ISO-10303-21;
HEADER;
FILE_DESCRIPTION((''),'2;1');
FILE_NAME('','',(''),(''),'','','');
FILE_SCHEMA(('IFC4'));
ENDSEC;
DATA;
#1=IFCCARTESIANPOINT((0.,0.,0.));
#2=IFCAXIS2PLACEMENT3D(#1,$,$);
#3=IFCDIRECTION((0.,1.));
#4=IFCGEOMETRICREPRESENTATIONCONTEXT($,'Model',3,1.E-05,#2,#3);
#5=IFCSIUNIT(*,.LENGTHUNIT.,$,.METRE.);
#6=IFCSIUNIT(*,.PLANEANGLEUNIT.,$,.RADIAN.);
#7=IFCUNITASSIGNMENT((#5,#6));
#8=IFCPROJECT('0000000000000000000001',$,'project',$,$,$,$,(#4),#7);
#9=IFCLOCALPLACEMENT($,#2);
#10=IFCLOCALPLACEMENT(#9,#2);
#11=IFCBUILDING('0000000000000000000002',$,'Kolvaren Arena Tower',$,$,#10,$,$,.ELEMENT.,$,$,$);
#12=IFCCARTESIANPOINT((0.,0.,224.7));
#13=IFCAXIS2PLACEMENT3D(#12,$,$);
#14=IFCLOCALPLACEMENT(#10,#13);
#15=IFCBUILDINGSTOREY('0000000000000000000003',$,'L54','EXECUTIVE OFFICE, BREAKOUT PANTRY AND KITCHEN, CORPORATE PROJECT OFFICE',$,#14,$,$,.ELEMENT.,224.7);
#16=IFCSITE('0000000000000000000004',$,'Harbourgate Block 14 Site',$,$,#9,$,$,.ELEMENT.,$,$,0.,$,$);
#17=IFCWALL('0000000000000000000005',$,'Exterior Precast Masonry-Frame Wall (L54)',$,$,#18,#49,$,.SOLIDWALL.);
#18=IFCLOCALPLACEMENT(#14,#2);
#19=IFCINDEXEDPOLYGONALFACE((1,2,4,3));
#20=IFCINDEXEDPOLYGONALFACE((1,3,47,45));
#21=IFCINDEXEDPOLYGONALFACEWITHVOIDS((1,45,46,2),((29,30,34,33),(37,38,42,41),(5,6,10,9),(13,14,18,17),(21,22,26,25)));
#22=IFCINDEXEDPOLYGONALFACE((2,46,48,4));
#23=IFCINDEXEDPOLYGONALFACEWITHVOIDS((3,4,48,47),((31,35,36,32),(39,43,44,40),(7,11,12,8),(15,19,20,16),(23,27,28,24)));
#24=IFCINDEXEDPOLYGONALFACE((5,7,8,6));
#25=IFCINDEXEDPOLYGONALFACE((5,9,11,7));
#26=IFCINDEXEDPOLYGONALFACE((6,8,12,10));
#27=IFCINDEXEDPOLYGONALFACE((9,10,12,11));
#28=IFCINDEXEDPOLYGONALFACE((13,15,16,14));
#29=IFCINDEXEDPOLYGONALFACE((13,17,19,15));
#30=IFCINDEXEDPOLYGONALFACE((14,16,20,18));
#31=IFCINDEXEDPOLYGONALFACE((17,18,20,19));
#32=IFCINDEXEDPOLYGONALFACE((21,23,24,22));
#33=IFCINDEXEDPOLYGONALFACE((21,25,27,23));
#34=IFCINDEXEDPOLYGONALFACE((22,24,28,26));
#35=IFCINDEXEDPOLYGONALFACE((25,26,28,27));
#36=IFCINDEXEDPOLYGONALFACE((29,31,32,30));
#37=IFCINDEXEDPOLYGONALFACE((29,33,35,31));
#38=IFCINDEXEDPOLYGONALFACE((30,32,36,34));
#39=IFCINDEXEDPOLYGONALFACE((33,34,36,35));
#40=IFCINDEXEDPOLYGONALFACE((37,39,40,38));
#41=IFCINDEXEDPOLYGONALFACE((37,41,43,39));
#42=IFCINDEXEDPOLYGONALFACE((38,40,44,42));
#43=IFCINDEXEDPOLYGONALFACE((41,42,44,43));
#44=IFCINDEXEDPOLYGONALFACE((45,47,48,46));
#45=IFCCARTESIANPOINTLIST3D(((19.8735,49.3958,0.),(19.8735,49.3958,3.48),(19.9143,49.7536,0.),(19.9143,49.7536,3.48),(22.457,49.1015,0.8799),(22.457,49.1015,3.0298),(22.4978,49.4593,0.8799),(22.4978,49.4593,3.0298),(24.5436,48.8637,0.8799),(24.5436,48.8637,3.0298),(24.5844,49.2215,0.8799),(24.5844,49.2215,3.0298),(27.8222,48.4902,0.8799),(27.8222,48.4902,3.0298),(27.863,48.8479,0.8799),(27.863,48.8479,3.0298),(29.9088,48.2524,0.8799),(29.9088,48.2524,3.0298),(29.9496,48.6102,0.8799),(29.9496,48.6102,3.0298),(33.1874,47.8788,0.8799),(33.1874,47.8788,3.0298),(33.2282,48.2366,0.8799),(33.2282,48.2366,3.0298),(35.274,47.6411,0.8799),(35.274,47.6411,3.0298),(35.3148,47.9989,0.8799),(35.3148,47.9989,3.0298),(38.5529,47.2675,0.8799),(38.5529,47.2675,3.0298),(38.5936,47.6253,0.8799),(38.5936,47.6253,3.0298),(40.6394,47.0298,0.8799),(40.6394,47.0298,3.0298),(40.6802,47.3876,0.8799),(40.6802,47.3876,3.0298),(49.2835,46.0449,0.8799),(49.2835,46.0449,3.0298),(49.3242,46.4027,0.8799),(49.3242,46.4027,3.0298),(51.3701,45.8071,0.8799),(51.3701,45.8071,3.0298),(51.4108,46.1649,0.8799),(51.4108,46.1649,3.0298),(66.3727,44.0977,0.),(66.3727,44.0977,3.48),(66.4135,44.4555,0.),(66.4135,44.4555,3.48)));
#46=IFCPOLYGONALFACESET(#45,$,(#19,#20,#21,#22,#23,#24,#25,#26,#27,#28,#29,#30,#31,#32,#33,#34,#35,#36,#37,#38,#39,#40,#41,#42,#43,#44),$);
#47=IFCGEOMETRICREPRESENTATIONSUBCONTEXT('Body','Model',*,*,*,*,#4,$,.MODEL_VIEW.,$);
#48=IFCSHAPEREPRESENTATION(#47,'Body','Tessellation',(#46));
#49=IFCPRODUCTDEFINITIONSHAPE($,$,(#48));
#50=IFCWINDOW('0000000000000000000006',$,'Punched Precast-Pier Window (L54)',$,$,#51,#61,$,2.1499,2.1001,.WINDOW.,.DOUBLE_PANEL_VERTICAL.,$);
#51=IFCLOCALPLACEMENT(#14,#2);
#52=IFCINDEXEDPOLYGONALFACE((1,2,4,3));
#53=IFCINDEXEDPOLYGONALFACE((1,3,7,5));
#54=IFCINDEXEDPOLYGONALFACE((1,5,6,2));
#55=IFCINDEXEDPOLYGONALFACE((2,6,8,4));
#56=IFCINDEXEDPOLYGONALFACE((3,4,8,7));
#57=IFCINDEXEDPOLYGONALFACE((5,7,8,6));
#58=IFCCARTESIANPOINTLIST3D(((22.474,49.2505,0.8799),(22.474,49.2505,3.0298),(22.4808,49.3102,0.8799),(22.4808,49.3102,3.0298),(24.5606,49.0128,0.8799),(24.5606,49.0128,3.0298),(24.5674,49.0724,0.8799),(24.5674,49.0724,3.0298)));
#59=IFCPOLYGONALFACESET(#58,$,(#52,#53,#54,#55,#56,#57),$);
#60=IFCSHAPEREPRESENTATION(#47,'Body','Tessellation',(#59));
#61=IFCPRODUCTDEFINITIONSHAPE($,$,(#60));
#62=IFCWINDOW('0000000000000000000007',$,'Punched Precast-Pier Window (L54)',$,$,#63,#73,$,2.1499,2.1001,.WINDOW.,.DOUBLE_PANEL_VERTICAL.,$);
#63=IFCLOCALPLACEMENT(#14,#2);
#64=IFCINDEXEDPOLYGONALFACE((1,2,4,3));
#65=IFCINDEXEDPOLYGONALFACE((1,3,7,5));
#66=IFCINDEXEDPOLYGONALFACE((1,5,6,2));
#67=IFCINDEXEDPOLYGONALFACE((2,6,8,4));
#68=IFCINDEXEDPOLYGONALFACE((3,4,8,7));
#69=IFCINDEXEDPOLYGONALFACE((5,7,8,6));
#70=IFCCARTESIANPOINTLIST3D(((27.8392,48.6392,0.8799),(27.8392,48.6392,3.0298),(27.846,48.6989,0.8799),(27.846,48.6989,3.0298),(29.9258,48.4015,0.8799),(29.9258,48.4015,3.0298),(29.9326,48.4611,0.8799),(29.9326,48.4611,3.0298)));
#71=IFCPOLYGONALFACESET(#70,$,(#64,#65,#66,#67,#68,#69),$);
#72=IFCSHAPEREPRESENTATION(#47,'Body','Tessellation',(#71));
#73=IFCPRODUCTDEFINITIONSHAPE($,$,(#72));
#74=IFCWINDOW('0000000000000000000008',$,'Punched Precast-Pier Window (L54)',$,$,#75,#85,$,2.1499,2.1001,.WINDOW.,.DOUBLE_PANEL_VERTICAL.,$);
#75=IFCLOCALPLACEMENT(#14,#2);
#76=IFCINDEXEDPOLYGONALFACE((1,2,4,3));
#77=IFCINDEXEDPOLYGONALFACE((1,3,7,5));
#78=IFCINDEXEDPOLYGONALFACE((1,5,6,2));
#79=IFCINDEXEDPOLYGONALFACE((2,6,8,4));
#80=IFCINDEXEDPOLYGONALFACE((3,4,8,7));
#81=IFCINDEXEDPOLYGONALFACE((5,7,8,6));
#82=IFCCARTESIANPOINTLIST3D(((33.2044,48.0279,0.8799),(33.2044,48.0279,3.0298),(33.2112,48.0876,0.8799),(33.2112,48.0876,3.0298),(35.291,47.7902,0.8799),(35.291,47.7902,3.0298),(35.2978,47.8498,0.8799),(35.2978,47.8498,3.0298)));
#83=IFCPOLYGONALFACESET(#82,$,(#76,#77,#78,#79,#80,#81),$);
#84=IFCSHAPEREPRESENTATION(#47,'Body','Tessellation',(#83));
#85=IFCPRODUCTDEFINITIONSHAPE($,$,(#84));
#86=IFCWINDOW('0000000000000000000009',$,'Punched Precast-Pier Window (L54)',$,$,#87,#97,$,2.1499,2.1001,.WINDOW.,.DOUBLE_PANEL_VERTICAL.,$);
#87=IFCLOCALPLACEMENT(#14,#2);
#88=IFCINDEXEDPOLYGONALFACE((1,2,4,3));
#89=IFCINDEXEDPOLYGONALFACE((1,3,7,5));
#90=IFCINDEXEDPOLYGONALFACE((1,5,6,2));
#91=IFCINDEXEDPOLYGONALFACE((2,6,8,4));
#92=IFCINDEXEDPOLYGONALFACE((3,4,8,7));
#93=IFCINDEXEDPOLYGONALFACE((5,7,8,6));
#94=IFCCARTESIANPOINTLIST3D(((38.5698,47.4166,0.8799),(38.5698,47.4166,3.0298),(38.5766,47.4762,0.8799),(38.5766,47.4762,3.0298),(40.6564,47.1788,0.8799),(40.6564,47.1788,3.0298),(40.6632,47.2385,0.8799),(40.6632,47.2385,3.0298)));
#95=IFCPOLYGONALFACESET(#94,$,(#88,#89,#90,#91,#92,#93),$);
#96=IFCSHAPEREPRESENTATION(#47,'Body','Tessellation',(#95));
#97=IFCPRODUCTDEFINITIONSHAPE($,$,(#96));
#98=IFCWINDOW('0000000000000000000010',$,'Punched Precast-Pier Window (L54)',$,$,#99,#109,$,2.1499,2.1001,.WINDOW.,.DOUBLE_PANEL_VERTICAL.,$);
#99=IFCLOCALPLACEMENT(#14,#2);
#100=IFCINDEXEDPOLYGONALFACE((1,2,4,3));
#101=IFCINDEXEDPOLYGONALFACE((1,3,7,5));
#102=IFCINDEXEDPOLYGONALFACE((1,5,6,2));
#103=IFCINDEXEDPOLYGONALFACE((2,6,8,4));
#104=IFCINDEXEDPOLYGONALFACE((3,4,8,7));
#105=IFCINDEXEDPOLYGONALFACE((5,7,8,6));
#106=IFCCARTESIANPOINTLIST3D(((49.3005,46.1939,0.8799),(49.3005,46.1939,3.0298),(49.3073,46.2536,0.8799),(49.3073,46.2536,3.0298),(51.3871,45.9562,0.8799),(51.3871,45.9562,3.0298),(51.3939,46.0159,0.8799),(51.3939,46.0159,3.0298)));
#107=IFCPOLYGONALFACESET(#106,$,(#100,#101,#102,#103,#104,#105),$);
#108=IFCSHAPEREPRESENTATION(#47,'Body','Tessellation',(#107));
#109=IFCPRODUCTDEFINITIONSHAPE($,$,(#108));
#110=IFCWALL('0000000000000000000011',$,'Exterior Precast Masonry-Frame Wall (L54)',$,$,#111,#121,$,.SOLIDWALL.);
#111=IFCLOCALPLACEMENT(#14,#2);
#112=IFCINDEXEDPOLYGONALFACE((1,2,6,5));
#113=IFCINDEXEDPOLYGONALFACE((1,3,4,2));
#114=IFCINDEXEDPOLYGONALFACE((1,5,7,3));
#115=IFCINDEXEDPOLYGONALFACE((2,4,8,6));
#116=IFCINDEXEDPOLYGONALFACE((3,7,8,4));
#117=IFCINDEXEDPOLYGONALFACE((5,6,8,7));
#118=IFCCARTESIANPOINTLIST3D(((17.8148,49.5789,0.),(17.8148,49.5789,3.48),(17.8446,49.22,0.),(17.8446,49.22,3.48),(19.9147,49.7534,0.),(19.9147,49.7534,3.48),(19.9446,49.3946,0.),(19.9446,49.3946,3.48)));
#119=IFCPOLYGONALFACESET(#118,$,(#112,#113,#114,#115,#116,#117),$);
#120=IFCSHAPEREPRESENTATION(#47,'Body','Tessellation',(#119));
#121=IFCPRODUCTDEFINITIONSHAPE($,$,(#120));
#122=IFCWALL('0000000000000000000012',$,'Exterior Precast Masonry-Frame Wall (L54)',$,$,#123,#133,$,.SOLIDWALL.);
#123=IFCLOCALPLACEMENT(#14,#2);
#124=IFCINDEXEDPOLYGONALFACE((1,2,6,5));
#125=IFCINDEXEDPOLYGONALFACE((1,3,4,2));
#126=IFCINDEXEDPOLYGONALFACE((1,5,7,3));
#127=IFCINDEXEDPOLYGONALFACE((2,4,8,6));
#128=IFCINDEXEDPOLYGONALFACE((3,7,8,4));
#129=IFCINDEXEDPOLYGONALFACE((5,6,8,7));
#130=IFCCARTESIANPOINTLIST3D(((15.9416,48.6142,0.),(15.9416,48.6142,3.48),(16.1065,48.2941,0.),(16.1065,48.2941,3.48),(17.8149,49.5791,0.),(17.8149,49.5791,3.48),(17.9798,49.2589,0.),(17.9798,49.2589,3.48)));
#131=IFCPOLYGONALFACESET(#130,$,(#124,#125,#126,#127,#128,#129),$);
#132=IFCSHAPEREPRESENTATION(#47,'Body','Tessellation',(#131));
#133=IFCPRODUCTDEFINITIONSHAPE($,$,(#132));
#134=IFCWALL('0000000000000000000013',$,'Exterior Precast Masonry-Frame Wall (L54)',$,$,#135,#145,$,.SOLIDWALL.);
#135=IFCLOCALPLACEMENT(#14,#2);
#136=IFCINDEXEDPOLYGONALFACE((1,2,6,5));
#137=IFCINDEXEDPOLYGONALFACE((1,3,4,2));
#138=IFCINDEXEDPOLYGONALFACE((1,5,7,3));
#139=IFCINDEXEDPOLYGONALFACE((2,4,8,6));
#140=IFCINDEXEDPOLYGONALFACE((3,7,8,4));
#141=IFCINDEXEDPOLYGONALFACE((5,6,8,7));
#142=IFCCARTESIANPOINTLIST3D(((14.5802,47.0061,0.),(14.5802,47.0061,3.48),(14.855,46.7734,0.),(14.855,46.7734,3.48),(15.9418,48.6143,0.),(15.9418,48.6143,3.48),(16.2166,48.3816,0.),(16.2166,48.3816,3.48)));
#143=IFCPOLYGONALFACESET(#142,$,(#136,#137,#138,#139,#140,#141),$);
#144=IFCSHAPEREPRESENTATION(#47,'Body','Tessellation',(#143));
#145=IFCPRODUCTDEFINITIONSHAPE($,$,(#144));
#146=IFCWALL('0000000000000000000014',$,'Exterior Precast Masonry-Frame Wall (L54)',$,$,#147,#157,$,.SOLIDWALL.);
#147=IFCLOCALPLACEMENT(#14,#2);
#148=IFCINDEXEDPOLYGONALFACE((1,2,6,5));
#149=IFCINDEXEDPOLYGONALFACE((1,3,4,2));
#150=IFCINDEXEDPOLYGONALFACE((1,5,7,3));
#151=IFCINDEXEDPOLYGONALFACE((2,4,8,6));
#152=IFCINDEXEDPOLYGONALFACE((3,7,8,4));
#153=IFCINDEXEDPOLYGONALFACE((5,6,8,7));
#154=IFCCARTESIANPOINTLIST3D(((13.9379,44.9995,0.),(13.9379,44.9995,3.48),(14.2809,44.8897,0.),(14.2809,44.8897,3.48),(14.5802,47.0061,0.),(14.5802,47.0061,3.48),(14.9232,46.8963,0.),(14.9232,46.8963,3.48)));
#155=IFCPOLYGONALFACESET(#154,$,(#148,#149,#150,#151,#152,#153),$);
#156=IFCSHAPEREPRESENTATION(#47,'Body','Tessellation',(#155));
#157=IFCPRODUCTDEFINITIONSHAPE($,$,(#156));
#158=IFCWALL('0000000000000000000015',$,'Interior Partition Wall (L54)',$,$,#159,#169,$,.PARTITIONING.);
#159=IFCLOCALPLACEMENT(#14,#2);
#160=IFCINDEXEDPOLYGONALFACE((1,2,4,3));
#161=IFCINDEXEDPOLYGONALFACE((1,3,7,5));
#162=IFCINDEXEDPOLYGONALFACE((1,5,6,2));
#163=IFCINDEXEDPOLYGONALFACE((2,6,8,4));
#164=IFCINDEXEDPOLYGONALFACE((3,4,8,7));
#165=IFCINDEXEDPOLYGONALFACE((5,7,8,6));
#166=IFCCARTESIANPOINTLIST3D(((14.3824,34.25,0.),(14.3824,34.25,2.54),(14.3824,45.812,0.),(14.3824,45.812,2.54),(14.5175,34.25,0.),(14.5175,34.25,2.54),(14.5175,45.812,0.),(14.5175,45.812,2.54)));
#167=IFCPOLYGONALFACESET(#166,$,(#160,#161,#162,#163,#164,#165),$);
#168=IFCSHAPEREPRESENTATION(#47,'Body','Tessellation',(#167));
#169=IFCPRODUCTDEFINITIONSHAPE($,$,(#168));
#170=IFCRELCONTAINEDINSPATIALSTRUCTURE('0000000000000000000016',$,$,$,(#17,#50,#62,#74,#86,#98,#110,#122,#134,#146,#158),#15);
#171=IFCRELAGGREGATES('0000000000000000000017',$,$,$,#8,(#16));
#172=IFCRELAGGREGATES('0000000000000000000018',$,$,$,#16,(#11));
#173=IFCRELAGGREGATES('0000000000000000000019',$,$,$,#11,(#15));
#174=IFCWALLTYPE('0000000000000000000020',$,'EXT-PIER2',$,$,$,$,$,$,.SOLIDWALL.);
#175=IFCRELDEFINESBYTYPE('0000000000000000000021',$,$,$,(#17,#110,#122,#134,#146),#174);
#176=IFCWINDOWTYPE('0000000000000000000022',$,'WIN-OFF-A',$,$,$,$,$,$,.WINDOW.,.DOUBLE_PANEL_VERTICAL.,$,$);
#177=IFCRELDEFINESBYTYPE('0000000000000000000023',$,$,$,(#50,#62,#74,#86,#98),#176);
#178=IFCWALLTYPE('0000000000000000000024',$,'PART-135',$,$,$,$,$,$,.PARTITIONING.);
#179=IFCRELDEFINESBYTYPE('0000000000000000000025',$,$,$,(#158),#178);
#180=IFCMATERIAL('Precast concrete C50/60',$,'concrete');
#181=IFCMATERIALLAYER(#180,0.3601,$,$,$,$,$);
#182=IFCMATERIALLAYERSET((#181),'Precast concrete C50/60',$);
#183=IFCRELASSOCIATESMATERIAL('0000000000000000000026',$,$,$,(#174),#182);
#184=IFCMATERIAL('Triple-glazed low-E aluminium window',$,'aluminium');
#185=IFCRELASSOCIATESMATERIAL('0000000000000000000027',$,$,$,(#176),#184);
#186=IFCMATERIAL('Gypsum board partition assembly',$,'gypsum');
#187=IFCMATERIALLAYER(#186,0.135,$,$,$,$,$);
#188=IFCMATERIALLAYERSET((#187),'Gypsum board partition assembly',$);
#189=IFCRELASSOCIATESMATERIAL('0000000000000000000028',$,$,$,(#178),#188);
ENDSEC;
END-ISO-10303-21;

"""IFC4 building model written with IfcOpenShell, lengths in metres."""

from ifc_helpers import new_model, si_unit, direction, frame, frame_2d, origin, place, context, subcontext, project, spatial, rectangle, extrude, material, layer, layer_set, type_object, element, fill, save


model = new_model("IFC4")

# Units and contexts
model_context = context("Model", 3, precision=1e-05, world=origin(), true_north=direction((0.0, 1.0)))
body_context = subcontext(model_context, "Body", "Model", "MODEL_VIEW")
ifc_project = project(units=[si_unit("LENGTHUNIT", "METRE"), si_unit("PLANEANGLEUNIT", "RADIAN")], contexts=[model_context])

# Site, building, storey
site_placement = place(None, origin())
site = spatial("IfcSite", under=ifc_project, at=site_placement, Name="Harbourgate Block 14 Site", CompositionType="ELEMENT", RefElevation=0.0)
building_placement = place(site_placement, origin())
building = spatial("IfcBuilding", under=site, at=building_placement, Name="Kolvaren Arena Tower", CompositionType="ELEMENT")
storey_placement = place(building_placement, frame((0.0, 0.0, 224.7)))
storey = spatial("IfcBuildingStorey", under=building, at=storey_placement, Name="L54", Description="EXECUTIVE OFFICE, BREAKOUT PANTRY AND KITCHEN, CORPORATE PROJECT OFFICE", CompositionType="ELEMENT", Elevation=224.7)

# Wall, openings, windows
ifc_material_1 = material(Name="Precast concrete C50/60", Category="concrete")
ifc_layer_1 = layer(ifc_material_1, 0.3601)
ifc_layer_set_1 = layer_set([ifc_layer_1], Name="Precast concrete C50/60")
wall_type_1 = type_object("IfcWallType", Name="EXT-PIER2", PredefinedType="SOLIDWALL", material=ifc_layer_set_1)
wall_1_placement = place(storey_placement, frame((19.894, 49.5747, 0.0), z_axis=(0.0, 0.0, 1.0), x_axis=(0.993571, -0.113207, 0.0)))
wall_1 = element("IfcWall", 1, at=wall_1_placement, inside=storey, type_object=wall_type_1, Name="Exterior Precast Masonry-Frame Wall (L54)", PredefinedType="SOLIDWALL", context=body_context, shape_type="SweptSolid", body=[
    extrude(rectangle(XDim=46.8, YDim=0.3601, at=frame_2d((23.3999, 0.0))), origin(), (0.0, 0.0, 1.0), 3.48),
])
opening_1_placement = place(wall_1_placement, frame((2.6001, 0.0, 0.8799)))
opening_1 = element("IfcOpeningElement", 2, at=opening_1_placement, cuts=wall_1, PredefinedType="OPENING", context=body_context, shape_type="SweptSolid", body=[
    extrude(rectangle(XDim=2.1001, YDim=2.1499, at=frame_2d((1.05, 1.075))), frame((0.0, 0.1899, 0.0), z_axis=(0.0, -1.0, 0.0), x_axis=(1.0, 0.0, 0.0)), (0.0, 0.0, 1.0), 0.3801),
])
opening_2_placement = place(wall_1_placement, frame((8.0, 0.0, 0.8799)))
opening_2 = element("IfcOpeningElement", 3, at=opening_2_placement, cuts=wall_1, PredefinedType="OPENING", context=body_context, shape_type="SweptSolid", body=[
    extrude(rectangle(XDim=2.1001, YDim=2.1499, at=frame_2d((1.05, 1.075))), frame((0.0, 0.1899, 0.0), z_axis=(0.0, -1.0, 0.0), x_axis=(1.0, 0.0, 0.0)), (0.0, 0.0, 1.0), 0.3801),
])
opening_3_placement = place(wall_1_placement, frame((13.3999, 0.0, 0.8799)))
opening_3 = element("IfcOpeningElement", 4, at=opening_3_placement, cuts=wall_1, PredefinedType="OPENING", context=body_context, shape_type="SweptSolid", body=[
    extrude(rectangle(XDim=2.1001, YDim=2.1499, at=frame_2d((1.05, 1.075))), frame((0.0, 0.1899, 0.0), z_axis=(0.0, -1.0, 0.0), x_axis=(1.0, 0.0, 0.0)), (0.0, 0.0, 1.0), 0.3801),
])
opening_4_placement = place(wall_1_placement, frame((18.8, 0.0, 0.8799)))
opening_4 = element("IfcOpeningElement", 5, at=opening_4_placement, cuts=wall_1, PredefinedType="OPENING", context=body_context, shape_type="SweptSolid", body=[
    extrude(rectangle(XDim=2.1001, YDim=2.1499, at=frame_2d((1.05, 1.075))), frame((0.0, 0.1899, 0.0), z_axis=(0.0, -1.0, 0.0), x_axis=(1.0, 0.0, 0.0)), (0.0, 0.0, 1.0), 0.3801),
])
opening_5_placement = place(wall_1_placement, frame((29.6001, 0.0, 0.8799)))
opening_5 = element("IfcOpeningElement", 6, at=opening_5_placement, cuts=wall_1, PredefinedType="OPENING", context=body_context, shape_type="SweptSolid", body=[
    extrude(rectangle(XDim=2.1001, YDim=2.1499, at=frame_2d((1.05, 1.075))), frame((0.0, 0.1899, 0.0), z_axis=(0.0, -1.0, 0.0), x_axis=(1.0, 0.0, 0.0)), (0.0, 0.0, 1.0), 0.3801),
])
ifc_material_2 = material(Name="Triple-glazed low-E aluminium window", Category="aluminium")
window_type = type_object("IfcWindowType", Name="WIN-OFF-A", PartitioningType="DOUBLE_PANEL_VERTICAL", PredefinedType="WINDOW", material=ifc_material_2)
window_1_placement = place(opening_1_placement, origin())
window_1 = element("IfcWindow", 7, at=window_1_placement, inside=storey, type_object=window_type, Name="Punched Precast-Pier Window (L54)", OverallHeight=2.1499, OverallWidth=2.1001, PartitioningType="DOUBLE_PANEL_VERTICAL", PredefinedType="WINDOW", context=body_context, shape_type="SweptSolid", body=[
    extrude(rectangle(XDim=2.1001, YDim=2.1499, at=frame_2d((1.05, 1.075))), frame((0.0, 0.03, 0.0), z_axis=(0.0, -1.0, 0.0), x_axis=(1.0, 0.0, 0.0)), (0.0, 0.0, 1.0), 0.0601),
])
fill(opening_1, window_1)
window_2_placement = place(opening_2_placement, origin())
window_2 = element("IfcWindow", 8, at=window_2_placement, inside=storey, type_object=window_type, Name="Punched Precast-Pier Window (L54)", OverallHeight=2.1499, OverallWidth=2.1001, PartitioningType="DOUBLE_PANEL_VERTICAL", PredefinedType="WINDOW", context=body_context, shape_type="SweptSolid", body=[
    extrude(rectangle(XDim=2.1001, YDim=2.1499, at=frame_2d((1.05, 1.075))), frame((0.0, 0.03, 0.0), z_axis=(0.0, -1.0, 0.0), x_axis=(1.0, 0.0, 0.0)), (0.0, 0.0, 1.0), 0.0601),
])
fill(opening_2, window_2)
window_3_placement = place(opening_3_placement, origin())
window_3 = element("IfcWindow", 9, at=window_3_placement, inside=storey, type_object=window_type, Name="Punched Precast-Pier Window (L54)", OverallHeight=2.1499, OverallWidth=2.1001, PartitioningType="DOUBLE_PANEL_VERTICAL", PredefinedType="WINDOW", context=body_context, shape_type="SweptSolid", body=[
    extrude(rectangle(XDim=2.1001, YDim=2.1499, at=frame_2d((1.05, 1.075))), frame((0.0, 0.03, 0.0), z_axis=(0.0, -1.0, 0.0), x_axis=(1.0, 0.0, 0.0)), (0.0, 0.0, 1.0), 0.0601),
])
fill(opening_3, window_3)
window_4_placement = place(opening_4_placement, origin())
window_4 = element("IfcWindow", 10, at=window_4_placement, inside=storey, type_object=window_type, Name="Punched Precast-Pier Window (L54)", OverallHeight=2.1499, OverallWidth=2.1001, PartitioningType="DOUBLE_PANEL_VERTICAL", PredefinedType="WINDOW", context=body_context, shape_type="SweptSolid", body=[
    extrude(rectangle(XDim=2.1001, YDim=2.1499, at=frame_2d((1.05, 1.075))), frame((0.0, 0.03, 0.0), z_axis=(0.0, -1.0, 0.0), x_axis=(1.0, 0.0, 0.0)), (0.0, 0.0, 1.0), 0.0601),
])
fill(opening_4, window_4)
window_5_placement = place(opening_5_placement, origin())
window_5 = element("IfcWindow", 11, at=window_5_placement, inside=storey, type_object=window_type, Name="Punched Precast-Pier Window (L54)", OverallHeight=2.1499, OverallWidth=2.1001, PartitioningType="DOUBLE_PANEL_VERTICAL", PredefinedType="WINDOW", context=body_context, shape_type="SweptSolid", body=[
    extrude(rectangle(XDim=2.1001, YDim=2.1499, at=frame_2d((1.05, 1.075))), frame((0.0, 0.03, 0.0), z_axis=(0.0, -1.0, 0.0), x_axis=(1.0, 0.0, 0.0)), (0.0, 0.0, 1.0), 0.0601),
])
fill(opening_5, window_5)

# Walls
for number, where, z_axis, x_axis, name in (
    (12, (17.8296, 49.3994, 0.0), (0.0, 0.0, 1.0), (0.996563, 0.082844, 0.0), "Exterior Precast Masonry-Frame Wall (L54)"),
    (13, (16.0239, 48.4541, 0.0), (0.0, 0.0, 1.0), (0.88901, 0.457887, 0.0), "Exterior Precast Masonry-Frame Wall (L54)"),
    (14, (14.7175, 46.8896, 0.0), (0.0, 0.0, 1.0), (0.646171, 0.763193, 0.0), "Exterior Precast Masonry-Frame Wall (L54)"),
):
    element("IfcWall", number, at=place(storey_placement, frame(where, z_axis=z_axis, x_axis=x_axis)), inside=storey, type_object=wall_type_1, Name=name, PredefinedType="SOLIDWALL", context=body_context, shape_type="SweptSolid", body=[
        extrude(rectangle(XDim=2.1072, YDim=0.3601, at=frame_2d((1.0537, 0.0))), origin(), (0.0, 0.0, 1.0), 3.48),
    ])
wall_2_placement = place(storey_placement, frame((14.1094, 44.9446, 0.0), z_axis=(0.0, 0.0, 1.0), x_axis=(0.304872, 0.952393, 0.0)))
element("IfcWall", 15, at=wall_2_placement, inside=storey, type_object=wall_type_1, Name="Exterior Precast Masonry-Frame Wall (L54)", PredefinedType="SOLIDWALL", context=body_context, shape_type="SweptSolid", body=[
    extrude(rectangle(XDim=2.1069, YDim=0.3601, at=frame_2d((1.0535, 0.0))), origin(), (0.0, 0.0, 1.0), 3.48),
])
ifc_material_3 = material(Name="Gypsum board partition assembly", Category="gypsum")
ifc_layer_2 = layer(ifc_material_3, 0.135)
ifc_layer_set_2 = layer_set([ifc_layer_2], Name="Gypsum board partition assembly")
wall_type_2 = type_object("IfcWallType", Name="PART-135", PredefinedType="PARTITIONING", material=ifc_layer_set_2)
wall_3_placement = place(storey_placement, frame((14.45, 34.25, 0.0), z_axis=(0.0, 0.0, 1.0), x_axis=(0.0, 1.0, 0.0)))
element("IfcWall", 16, at=wall_3_placement, inside=storey, type_object=wall_type_2, Name="Interior Partition Wall (L54)", PredefinedType="PARTITIONING", context=body_context, shape_type="SweptSolid", body=[
    extrude(rectangle(XDim=11.562, YDim=0.135, at=frame_2d((5.781, 0.0))), origin(), (0.0, 0.0, 1.0), 2.54),
])

save(model, "model.ifc")
